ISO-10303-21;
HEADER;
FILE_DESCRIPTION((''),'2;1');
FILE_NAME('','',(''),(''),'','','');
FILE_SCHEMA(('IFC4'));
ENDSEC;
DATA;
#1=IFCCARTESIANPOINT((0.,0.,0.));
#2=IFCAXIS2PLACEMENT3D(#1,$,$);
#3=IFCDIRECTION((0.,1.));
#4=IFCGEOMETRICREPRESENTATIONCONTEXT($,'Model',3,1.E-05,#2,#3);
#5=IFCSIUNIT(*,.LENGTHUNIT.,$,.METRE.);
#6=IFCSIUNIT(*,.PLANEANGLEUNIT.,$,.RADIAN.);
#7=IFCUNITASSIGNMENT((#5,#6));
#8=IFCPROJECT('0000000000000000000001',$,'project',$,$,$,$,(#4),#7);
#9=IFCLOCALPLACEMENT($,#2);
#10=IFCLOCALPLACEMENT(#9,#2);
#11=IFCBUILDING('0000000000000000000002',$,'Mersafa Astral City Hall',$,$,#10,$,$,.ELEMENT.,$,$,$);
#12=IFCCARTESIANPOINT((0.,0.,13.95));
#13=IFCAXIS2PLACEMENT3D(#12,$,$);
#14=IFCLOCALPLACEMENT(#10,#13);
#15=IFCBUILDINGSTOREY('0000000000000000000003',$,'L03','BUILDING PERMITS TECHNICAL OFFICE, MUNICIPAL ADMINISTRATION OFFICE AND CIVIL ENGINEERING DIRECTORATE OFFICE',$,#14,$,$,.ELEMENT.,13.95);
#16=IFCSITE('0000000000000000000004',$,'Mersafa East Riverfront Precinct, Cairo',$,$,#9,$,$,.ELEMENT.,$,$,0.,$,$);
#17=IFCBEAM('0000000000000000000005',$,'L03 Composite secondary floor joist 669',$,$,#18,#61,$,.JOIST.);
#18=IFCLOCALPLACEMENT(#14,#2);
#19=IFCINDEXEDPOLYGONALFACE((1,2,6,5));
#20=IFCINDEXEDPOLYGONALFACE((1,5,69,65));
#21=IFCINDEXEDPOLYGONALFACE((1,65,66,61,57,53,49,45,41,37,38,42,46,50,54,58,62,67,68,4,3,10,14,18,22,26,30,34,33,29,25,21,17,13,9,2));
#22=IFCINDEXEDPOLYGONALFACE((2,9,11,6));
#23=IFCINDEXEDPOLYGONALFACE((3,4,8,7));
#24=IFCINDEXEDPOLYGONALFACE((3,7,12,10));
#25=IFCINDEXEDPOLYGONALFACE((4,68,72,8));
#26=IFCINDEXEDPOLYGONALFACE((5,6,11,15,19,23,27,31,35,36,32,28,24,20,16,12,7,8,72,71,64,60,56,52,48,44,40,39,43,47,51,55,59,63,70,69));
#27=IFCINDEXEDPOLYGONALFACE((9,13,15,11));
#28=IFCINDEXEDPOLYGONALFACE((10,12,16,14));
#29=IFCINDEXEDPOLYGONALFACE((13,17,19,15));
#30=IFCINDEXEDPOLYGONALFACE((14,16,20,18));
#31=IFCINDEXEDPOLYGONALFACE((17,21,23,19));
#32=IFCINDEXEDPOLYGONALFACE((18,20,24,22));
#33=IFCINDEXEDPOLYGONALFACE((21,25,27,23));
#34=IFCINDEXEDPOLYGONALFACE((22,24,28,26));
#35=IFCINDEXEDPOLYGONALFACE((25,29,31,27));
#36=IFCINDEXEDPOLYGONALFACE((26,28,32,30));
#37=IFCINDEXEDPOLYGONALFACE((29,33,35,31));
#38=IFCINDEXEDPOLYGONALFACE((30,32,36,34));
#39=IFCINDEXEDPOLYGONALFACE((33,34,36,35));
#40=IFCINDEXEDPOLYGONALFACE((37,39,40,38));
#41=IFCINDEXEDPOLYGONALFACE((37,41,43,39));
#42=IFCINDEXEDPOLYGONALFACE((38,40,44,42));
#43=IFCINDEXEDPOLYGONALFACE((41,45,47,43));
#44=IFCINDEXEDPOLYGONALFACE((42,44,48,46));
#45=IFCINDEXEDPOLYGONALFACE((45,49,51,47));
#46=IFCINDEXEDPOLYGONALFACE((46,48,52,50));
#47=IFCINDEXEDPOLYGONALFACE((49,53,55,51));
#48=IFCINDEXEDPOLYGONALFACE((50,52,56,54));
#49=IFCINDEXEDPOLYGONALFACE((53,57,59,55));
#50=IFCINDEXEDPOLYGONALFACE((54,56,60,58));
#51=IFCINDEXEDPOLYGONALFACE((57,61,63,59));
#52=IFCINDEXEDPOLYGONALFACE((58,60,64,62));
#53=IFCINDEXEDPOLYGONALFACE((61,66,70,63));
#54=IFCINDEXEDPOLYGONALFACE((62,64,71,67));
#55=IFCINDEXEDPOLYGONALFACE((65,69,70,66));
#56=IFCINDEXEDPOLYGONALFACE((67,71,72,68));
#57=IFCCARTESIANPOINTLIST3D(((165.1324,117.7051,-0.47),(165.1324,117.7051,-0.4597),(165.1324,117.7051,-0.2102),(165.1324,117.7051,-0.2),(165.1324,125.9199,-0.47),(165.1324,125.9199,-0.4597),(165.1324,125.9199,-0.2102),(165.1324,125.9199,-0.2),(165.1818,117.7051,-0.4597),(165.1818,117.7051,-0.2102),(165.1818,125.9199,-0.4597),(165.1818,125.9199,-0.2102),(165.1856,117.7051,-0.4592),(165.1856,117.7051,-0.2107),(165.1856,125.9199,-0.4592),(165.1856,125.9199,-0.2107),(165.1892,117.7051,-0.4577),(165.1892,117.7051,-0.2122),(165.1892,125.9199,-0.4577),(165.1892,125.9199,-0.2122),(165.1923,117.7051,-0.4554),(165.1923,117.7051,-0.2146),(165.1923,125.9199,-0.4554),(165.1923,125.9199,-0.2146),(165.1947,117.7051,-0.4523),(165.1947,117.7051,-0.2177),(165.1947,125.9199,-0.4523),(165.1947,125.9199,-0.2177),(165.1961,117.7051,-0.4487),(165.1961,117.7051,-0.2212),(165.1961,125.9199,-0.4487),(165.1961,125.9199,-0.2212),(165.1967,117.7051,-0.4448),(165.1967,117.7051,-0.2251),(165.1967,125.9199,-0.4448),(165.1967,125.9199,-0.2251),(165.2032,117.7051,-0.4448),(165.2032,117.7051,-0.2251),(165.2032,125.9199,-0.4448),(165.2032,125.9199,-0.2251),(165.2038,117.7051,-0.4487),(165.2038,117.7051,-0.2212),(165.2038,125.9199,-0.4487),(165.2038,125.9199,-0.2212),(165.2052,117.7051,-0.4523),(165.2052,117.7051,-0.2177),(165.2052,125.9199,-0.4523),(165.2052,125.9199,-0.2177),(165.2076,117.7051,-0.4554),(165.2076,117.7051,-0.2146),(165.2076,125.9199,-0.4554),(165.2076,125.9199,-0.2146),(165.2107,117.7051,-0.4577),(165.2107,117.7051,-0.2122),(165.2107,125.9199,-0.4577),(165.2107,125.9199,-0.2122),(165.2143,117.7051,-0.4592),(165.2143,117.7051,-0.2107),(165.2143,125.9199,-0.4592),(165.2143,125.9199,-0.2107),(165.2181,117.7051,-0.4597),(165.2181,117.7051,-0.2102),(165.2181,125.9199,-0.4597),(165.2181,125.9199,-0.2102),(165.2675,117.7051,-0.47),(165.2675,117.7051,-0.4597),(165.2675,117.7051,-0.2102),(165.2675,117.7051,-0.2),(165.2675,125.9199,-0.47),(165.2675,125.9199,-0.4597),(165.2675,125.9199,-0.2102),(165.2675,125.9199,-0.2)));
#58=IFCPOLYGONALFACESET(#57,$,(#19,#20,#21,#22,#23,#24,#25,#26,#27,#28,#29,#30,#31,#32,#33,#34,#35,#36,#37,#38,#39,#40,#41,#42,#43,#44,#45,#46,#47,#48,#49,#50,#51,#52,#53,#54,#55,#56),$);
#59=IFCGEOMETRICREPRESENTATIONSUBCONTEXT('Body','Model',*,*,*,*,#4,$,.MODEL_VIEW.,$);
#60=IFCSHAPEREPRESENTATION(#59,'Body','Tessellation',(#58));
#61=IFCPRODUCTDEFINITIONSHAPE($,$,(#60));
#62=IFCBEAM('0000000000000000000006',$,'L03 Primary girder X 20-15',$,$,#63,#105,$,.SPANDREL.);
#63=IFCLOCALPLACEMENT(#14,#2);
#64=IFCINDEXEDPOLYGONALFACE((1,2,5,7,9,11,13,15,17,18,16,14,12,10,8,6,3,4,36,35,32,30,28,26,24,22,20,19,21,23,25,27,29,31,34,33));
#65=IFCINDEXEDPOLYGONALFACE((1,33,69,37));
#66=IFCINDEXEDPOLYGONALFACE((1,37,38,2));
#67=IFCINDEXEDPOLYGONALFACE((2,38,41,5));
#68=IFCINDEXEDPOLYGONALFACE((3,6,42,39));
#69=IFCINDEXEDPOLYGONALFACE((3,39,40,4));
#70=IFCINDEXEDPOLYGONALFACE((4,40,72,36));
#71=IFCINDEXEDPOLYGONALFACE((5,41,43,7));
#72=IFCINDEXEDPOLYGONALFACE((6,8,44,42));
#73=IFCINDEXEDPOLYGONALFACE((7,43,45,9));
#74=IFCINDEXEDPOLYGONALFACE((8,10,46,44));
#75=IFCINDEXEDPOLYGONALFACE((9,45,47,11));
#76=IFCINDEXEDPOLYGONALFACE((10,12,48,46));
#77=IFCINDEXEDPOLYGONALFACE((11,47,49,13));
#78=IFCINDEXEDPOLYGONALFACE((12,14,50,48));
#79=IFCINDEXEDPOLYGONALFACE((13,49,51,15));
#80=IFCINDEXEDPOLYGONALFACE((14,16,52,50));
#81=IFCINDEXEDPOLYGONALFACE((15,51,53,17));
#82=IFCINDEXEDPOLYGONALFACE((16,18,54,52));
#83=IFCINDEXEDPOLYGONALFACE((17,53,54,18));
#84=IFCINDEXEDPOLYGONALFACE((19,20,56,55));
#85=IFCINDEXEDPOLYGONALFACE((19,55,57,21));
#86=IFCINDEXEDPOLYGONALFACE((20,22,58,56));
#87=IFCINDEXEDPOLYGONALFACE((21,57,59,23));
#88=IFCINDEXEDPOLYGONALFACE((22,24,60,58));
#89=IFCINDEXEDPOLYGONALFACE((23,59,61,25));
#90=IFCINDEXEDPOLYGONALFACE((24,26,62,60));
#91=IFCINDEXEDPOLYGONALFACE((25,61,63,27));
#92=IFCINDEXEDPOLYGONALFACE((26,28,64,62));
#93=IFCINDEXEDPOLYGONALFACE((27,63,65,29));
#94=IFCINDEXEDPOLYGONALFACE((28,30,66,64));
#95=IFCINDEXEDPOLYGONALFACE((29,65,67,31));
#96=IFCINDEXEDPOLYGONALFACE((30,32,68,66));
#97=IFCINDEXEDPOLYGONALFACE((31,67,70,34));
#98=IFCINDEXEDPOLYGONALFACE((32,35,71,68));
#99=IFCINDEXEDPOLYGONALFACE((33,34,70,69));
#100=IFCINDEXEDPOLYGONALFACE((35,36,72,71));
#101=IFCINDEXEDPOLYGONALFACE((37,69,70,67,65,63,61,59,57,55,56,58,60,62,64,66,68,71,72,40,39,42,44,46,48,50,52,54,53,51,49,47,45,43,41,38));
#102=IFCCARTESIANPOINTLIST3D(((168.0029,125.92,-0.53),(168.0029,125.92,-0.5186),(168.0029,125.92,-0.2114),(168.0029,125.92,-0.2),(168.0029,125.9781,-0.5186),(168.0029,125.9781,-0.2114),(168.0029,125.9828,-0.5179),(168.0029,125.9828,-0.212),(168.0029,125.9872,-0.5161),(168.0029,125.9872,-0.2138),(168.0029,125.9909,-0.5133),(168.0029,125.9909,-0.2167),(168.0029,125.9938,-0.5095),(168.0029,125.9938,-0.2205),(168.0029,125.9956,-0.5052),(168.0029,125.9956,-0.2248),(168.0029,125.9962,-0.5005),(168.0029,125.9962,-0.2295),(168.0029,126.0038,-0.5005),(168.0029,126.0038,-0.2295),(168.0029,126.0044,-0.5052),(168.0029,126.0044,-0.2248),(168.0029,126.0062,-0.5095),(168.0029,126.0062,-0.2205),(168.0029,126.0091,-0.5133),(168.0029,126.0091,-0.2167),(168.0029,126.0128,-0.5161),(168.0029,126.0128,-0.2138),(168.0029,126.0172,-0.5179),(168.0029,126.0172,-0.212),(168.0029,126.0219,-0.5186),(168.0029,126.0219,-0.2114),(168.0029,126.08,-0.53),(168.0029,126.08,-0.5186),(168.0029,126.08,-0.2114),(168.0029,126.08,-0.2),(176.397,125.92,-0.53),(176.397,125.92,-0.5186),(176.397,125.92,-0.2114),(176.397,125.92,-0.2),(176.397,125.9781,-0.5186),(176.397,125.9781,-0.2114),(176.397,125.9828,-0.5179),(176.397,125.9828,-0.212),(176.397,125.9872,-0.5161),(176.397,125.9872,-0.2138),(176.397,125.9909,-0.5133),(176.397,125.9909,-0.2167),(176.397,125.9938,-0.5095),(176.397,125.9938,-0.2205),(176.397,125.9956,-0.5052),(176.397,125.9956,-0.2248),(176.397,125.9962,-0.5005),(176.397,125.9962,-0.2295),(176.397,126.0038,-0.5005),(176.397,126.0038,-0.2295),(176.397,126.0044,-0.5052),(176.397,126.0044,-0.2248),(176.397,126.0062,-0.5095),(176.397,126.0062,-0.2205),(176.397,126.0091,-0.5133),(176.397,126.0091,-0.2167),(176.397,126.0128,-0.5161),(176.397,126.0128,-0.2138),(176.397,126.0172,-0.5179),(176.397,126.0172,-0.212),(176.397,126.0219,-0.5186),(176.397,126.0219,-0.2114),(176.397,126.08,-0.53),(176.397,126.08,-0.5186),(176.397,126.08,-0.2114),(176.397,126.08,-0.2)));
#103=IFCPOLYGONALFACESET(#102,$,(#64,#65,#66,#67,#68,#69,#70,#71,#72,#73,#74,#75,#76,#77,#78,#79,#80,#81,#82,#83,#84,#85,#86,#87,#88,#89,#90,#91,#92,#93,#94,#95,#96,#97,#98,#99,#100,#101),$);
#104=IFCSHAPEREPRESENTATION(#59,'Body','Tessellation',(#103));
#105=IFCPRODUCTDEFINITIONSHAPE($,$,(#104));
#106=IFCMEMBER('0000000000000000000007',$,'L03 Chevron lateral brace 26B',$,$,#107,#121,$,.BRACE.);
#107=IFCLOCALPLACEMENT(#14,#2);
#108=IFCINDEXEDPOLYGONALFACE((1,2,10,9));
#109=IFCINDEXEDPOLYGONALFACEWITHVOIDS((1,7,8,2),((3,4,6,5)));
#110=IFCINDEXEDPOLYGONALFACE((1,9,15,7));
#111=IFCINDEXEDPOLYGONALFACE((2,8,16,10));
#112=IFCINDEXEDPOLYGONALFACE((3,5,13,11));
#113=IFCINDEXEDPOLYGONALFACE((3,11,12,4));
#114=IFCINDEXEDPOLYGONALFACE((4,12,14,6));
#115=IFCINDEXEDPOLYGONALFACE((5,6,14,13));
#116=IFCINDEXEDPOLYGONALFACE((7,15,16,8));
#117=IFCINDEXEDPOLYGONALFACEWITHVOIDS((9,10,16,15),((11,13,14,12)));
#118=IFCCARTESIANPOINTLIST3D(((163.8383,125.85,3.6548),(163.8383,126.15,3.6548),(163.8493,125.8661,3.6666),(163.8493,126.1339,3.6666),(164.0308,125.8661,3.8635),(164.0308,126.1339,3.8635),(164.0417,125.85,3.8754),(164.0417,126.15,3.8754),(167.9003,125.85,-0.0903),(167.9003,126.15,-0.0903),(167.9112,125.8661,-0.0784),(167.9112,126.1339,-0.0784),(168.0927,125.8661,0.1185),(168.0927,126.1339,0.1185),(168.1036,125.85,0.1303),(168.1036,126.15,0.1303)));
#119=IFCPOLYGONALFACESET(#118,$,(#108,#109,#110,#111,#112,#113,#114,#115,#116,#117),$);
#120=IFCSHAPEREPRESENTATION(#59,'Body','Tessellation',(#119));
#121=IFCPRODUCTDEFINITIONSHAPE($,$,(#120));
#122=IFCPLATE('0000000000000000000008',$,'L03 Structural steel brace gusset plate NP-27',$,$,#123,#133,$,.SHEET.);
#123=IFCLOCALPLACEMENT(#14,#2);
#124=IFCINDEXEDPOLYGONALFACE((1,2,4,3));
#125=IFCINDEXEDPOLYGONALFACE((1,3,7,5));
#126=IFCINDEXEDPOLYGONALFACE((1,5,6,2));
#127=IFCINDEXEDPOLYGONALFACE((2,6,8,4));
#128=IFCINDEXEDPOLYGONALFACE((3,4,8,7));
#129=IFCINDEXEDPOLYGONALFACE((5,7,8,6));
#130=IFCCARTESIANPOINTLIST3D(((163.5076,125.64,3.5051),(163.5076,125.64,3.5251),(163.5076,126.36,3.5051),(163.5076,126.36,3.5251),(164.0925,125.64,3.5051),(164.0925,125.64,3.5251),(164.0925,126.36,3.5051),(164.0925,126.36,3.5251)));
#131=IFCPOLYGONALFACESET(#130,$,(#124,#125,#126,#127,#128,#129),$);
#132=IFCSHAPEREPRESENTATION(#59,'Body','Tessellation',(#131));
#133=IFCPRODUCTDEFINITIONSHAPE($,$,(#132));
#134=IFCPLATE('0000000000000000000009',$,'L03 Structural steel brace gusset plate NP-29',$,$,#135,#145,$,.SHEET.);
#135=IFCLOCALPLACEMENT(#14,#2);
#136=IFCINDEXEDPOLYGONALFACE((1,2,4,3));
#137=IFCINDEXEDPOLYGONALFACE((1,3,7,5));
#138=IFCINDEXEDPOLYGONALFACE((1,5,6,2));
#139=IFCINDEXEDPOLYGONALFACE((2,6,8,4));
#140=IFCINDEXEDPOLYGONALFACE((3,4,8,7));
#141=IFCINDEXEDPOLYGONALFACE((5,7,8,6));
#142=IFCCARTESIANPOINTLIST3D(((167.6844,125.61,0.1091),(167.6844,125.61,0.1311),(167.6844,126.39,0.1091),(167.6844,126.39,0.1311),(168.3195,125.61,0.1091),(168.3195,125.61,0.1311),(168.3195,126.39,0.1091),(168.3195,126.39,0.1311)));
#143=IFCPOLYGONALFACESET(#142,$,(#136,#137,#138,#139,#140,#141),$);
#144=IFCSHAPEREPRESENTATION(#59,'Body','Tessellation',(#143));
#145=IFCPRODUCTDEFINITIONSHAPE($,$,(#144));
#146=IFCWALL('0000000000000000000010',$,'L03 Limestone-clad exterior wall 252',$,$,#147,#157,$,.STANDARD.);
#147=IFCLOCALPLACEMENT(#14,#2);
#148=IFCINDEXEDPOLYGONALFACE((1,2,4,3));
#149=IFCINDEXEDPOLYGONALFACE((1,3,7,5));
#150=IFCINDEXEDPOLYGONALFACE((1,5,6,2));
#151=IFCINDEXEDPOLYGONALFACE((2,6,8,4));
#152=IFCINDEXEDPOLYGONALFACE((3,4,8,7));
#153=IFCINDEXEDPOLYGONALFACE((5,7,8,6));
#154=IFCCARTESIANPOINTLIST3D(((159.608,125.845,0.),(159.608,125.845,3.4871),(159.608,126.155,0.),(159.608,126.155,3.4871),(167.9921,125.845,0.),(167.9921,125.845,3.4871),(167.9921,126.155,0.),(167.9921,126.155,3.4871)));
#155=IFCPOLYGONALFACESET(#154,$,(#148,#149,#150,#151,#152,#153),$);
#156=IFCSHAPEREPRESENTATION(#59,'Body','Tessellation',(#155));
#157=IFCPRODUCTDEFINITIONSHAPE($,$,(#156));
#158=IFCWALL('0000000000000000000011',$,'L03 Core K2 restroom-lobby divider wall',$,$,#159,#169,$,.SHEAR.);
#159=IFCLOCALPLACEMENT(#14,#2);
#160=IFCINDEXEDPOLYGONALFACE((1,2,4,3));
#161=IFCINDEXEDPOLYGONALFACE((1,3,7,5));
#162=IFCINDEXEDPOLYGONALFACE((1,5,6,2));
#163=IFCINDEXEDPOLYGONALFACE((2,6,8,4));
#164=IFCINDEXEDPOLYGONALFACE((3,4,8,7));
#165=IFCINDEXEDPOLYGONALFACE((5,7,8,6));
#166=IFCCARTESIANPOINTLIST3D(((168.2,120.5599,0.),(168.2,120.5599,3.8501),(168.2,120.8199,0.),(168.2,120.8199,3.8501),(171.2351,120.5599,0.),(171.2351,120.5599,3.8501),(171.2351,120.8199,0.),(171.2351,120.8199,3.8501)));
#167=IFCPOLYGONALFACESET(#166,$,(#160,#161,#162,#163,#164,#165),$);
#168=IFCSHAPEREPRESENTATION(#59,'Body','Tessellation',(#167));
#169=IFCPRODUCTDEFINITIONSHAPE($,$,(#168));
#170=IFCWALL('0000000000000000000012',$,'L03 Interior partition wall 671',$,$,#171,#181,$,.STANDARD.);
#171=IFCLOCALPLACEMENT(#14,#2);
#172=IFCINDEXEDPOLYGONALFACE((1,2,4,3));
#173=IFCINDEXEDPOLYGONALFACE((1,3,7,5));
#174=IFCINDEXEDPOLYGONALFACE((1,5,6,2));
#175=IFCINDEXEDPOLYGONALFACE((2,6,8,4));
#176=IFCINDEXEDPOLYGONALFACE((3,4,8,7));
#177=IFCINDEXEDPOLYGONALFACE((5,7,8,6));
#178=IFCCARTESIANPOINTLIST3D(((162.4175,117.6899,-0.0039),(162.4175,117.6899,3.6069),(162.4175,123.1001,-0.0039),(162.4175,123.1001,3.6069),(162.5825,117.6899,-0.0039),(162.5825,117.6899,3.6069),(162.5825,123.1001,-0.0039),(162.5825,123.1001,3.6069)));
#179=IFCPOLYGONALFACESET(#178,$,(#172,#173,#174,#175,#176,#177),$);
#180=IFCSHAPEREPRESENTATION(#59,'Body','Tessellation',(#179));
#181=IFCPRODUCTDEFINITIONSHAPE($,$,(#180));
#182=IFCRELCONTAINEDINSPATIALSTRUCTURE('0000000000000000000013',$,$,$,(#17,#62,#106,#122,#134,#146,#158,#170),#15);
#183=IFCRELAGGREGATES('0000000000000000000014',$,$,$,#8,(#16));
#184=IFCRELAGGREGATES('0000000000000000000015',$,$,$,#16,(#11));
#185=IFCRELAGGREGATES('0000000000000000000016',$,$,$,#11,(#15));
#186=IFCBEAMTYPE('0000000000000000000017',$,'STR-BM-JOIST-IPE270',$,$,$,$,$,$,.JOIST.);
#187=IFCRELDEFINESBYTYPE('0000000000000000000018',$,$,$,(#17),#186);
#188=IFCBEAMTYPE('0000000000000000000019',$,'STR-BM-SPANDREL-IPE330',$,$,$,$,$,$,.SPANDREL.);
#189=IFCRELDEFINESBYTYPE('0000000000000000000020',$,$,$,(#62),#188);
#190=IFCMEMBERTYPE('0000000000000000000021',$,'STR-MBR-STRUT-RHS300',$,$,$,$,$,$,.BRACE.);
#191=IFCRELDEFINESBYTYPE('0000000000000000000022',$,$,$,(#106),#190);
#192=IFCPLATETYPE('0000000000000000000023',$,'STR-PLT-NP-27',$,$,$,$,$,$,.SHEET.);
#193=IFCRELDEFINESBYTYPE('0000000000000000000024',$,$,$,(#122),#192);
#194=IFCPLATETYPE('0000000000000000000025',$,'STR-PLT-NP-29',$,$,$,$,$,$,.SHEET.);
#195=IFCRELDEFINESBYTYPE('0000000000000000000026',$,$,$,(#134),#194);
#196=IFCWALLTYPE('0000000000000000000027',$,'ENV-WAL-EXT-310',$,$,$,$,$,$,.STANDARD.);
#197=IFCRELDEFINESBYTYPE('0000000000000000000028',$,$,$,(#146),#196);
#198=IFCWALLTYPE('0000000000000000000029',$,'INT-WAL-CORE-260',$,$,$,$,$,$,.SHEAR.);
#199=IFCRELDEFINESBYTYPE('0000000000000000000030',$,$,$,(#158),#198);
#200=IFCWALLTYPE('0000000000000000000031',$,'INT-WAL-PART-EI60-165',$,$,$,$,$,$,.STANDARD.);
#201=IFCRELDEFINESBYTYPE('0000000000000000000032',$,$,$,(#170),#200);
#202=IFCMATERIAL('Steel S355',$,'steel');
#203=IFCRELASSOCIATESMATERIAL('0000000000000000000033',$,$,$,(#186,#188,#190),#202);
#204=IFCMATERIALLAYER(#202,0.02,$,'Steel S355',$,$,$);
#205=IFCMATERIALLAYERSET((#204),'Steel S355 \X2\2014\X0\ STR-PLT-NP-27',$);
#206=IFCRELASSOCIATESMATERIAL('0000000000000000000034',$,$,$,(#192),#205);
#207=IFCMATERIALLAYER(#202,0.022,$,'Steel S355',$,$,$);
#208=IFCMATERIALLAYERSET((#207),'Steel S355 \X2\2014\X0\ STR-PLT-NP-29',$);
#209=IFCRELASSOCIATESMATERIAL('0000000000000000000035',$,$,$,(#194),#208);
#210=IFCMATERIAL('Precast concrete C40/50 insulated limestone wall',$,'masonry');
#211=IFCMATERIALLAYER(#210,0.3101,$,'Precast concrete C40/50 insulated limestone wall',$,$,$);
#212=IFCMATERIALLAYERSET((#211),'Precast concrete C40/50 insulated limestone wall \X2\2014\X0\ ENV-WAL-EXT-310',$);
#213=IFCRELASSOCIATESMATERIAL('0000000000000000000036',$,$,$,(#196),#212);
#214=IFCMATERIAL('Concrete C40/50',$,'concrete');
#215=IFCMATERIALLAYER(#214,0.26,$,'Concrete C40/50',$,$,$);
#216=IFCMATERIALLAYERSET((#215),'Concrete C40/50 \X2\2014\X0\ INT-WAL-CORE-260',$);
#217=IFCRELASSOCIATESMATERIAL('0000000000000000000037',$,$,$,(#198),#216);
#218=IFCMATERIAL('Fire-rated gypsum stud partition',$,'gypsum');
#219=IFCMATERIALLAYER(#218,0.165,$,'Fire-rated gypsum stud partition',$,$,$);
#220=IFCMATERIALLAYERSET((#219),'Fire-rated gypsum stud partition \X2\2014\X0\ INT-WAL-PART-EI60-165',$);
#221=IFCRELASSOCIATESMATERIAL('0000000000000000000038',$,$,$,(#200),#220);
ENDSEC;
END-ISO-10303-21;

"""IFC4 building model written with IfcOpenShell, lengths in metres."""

from ifc_helpers import new_model, si_unit, direction, frame, frame_2d, origin, origin_2d, place, context, subcontext, project, spatial, rectangle, hollow_rectangle, i_section, extrude, material, layer, layer_set, material_profile, profile_set, type_object, element, save


model = new_model("IFC4")

# Units and contexts
model_context = context("Model", 3, precision=1e-05, world=origin(), true_north=direction((0.0, 1.0)))
body_context = subcontext(model_context, "Body", "Model", "MODEL_VIEW")
ifc_project = project(units=[si_unit("LENGTHUNIT", "METRE"), si_unit("PLANEANGLEUNIT", "RADIAN")], contexts=[model_context])

# Site, building, storey
site_placement = place(None, origin())
site = spatial("IfcSite", under=ifc_project, at=site_placement, Name="Mersafa East Riverfront Precinct, Cairo", CompositionType="ELEMENT", RefElevation=0.0)
building_placement = place(site_placement, origin())
building = spatial("IfcBuilding", under=site, at=building_placement, Name="Mersafa Astral City Hall", CompositionType="ELEMENT")
storey_placement = place(building_placement, frame((0.0, 0.0, 13.95)))
storey = spatial("IfcBuildingStorey", under=building, at=storey_placement, Name="L03", Description="BUILDING PERMITS TECHNICAL OFFICE, MUNICIPAL ADMINISTRATION OFFICE AND CIVIL ENGINEERING DIRECTORATE OFFICE", CompositionType="ELEMENT", Elevation=13.95)

# Shared definitions
ifc_material_1 = material(Name="Steel S355", Category="steel")

# Beams
ifc_material_profile_1 = material_profile(ifc_material_1, i_section(OverallWidth=0.135, OverallDepth=0.27, WebThickness=0.0066, FlangeThickness=0.0103, FilletRadius=0.0149, at=origin_2d()), Name="IPE 270")
ifc_profile_set_1 = profile_set([ifc_material_profile_1], Name="Steel S355")
beam_type_1 = type_object("IfcBeamType", Name="STR-BM-JOIST-IPE270", PredefinedType="JOIST", material=ifc_profile_set_1)
for number, where, z_axis, x_axis, name in (
    (1, (165.2, 117.7051, -0.335), (0.0, 1.0, 0.0), (-1.0, 0.0, 0.0), "L03 Composite secondary floor joist 669"),
):
    element("IfcBeam", number, at=place(storey_placement, frame(where, z_axis=z_axis, x_axis=x_axis)), inside=storey, type_object=beam_type_1, Name=name, PredefinedType="JOIST", context=body_context, shape_type="SweptSolid", body=[
        extrude(i_section(OverallWidth=0.135, OverallDepth=0.27, WebThickness=0.0066, FlangeThickness=0.0103, FilletRadius=0.0149, at=origin_2d()), origin(), (0.0, 0.0, 1.0), 8.2148),
    ])
ifc_material_profile_2 = material_profile(ifc_material_1, i_section(OverallWidth=0.1599, OverallDepth=0.3301, WebThickness=0.0076, FlangeThickness=0.0115, FilletRadius=0.0181, at=origin_2d()), Name="IPE 330")
ifc_profile_set_2 = profile_set([ifc_material_profile_2], Name="Steel S355")
beam_type_2 = type_object("IfcBeamType", Name="STR-BM-SPANDREL-IPE330", PredefinedType="SPANDREL", material=ifc_profile_set_2)
beam_1_placement = place(storey_placement, frame((168.0029, 126.0, -0.365), z_axis=(1.0, 0.0, 0.0), x_axis=(0.0, 1.0, 0.0)))
element("IfcBeam", 2, at=beam_1_placement, inside=storey, type_object=beam_type_2, Name="L03 Primary girder X 20-15", PredefinedType="SPANDREL", context=body_context, shape_type="SweptSolid", body=[
    extrude(i_section(OverallWidth=0.1599, OverallDepth=0.3301, WebThickness=0.0076, FlangeThickness=0.0115, FilletRadius=0.0181, at=origin_2d()), origin(), (0.0, 0.0, 1.0), 8.394),
])

# Member
ifc_material_profile_3 = material_profile(ifc_material_1, hollow_rectangle(XDim=0.3, YDim=0.3, WallThickness=0.0161, at=origin_2d()), Name="RHS 300x300x16")
ifc_profile_set_3 = profile_set([ifc_material_profile_3], Name="Steel S355")
member_type = type_object("IfcMemberType", Name="STR-MBR-STRUT-RHS300", PredefinedType="BRACE", material=ifc_profile_set_3)
member_placement = place(storey_placement, frame((168.002, 126.0, 0.02), z_axis=(-0.735203, 0.0, 0.677847), x_axis=(0.0, -1.0, 0.0)))
element("IfcMember", 3, at=member_placement, inside=storey, type_object=member_type, Name="L03 Chevron lateral brace 26B", PredefinedType="BRACE", context=body_context, shape_type="SweptSolid", body=[
    extrude(hollow_rectangle(XDim=0.3, YDim=0.3, WallThickness=0.0161, at=origin_2d()), origin(), (0.0, 0.0, 1.0), 5.5249),
])

# Plates
ifc_layer_1 = layer(ifc_material_1, 0.02, Name="Steel S355")
ifc_layer_set_1 = layer_set([ifc_layer_1], Name="Steel S355 — STR-PLT-NP-27")
plate_type_1 = type_object("IfcPlateType", Name="STR-PLT-NP-27", PredefinedType="SHEET", material=ifc_layer_set_1)
plate_1_placement = place(storey_placement, frame((163.8, 126.0, 3.5051), z_axis=(0.0, 0.0, 1.0), x_axis=(1.0, 0.0, 0.0)))
element("IfcPlate", 4, at=plate_1_placement, inside=storey, type_object=plate_type_1, Name="L03 Structural steel brace gusset plate NP-27", PredefinedType="SHEET", context=body_context, shape_type="SweptSolid", body=[
    extrude(rectangle(XDim=0.585, YDim=0.72, at=origin_2d()), origin(), (0.0, 0.0, 1.0), 0.02),
])
ifc_layer_2 = layer(ifc_material_1, 0.022, Name="Steel S355")
ifc_layer_set_2 = layer_set([ifc_layer_2], Name="Steel S355 — STR-PLT-NP-29")
plate_type_2 = type_object("IfcPlateType", Name="STR-PLT-NP-29", PredefinedType="SHEET", material=ifc_layer_set_2)
plate_2_placement = place(storey_placement, frame((168.002, 126.0, 0.1091), z_axis=(0.0, 0.0, 1.0), x_axis=(1.0, 0.0, 0.0)))
element("IfcPlate", 5, at=plate_2_placement, inside=storey, type_object=plate_type_2, Name="L03 Structural steel brace gusset plate NP-29", PredefinedType="SHEET", context=body_context, shape_type="SweptSolid", body=[
    extrude(rectangle(XDim=0.635, YDim=0.78, at=origin_2d()), origin(), (0.0, 0.0, 1.0), 0.022),
])

# Walls
ifc_material_2 = material(Name="Precast concrete C40/50 insulated limestone wall", Category="masonry")
ifc_layer_3 = layer(ifc_material_2, 0.3101, Name="Precast concrete C40/50 insulated limestone wall")
ifc_layer_set_3 = layer_set([ifc_layer_3], Name="Precast concrete C40/50 insulated limestone wall — ENV-WAL-EXT-310")
wall_type_1 = type_object("IfcWallType", Name="ENV-WAL-EXT-310", PredefinedType="STANDARD", material=ifc_layer_set_3)
wall_1_placement = place(storey_placement, frame((167.9919, 126.0, 0.0), z_axis=(0.0, 0.0, 1.0), x_axis=(-1.0, 0.0, 0.0)))
element("IfcWall", 6, at=wall_1_placement, inside=storey, type_object=wall_type_1, Name="L03 Limestone-clad exterior wall 252", PredefinedType="STANDARD", context=body_context, shape_type="SweptSolid", body=[
    extrude(rectangle(XDim=8.384, YDim=0.3101, at=frame_2d((4.1919, 0.0))), origin(), (0.0, 0.0, 1.0), 3.4871),
])
ifc_material_3 = material(Name="Concrete C40/50", Category="concrete")
ifc_layer_4 = layer(ifc_material_3, 0.26, Name="Concrete C40/50")
ifc_layer_set_4 = layer_set([ifc_layer_4], Name="Concrete C40/50 — INT-WAL-CORE-260")
wall_type_2 = type_object("IfcWallType", Name="INT-WAL-CORE-260", PredefinedType="SHEAR", material=ifc_layer_set_4)
wall_2_placement = place(storey_placement, frame((168.2, 120.6899, 0.0), z_axis=(0.0, 0.0, 1.0), x_axis=(1.0, 0.0, 0.0)))
element("IfcWall", 7, at=wall_2_placement, inside=storey, type_object=wall_type_2, Name="L03 Core K2 restroom-lobby divider wall", PredefinedType="SHEAR", context=body_context, shape_type="SweptSolid", body=[
    extrude(rectangle(XDim=3.0352, YDim=0.26, at=frame_2d((1.5176, 0.0))), origin(), (0.0, 0.0, 1.0), 3.8501),
])

# Wall
ifc_material_4 = material(Name="Fire-rated gypsum stud partition", Category="gypsum")
ifc_layer_5 = layer(ifc_material_4, 0.165, Name="Fire-rated gypsum stud partition")
ifc_layer_set_5 = layer_set([ifc_layer_5], Name="Fire-rated gypsum stud partition — INT-WAL-PART-EI60-165")
wall_type_3 = type_object("IfcWallType", Name="INT-WAL-PART-EI60-165", PredefinedType="STANDARD", material=ifc_layer_set_5)
wall_3_placement = place(storey_placement, frame((162.5, 117.6899, -0.0039), z_axis=(0.0, 0.0, 1.0), x_axis=(0.0, 1.0, 0.0)))
element("IfcWall", 8, at=wall_3_placement, inside=storey, type_object=wall_type_3, Name="L03 Interior partition wall 671", PredefinedType="STANDARD", context=body_context, shape_type="SweptSolid", body=[
    extrude(rectangle(XDim=5.4102, YDim=0.165, at=frame_2d((2.7051, 0.0))), origin(), (0.0, 0.0, 1.0), 3.6108),
])

save(model, "model.ifc")
